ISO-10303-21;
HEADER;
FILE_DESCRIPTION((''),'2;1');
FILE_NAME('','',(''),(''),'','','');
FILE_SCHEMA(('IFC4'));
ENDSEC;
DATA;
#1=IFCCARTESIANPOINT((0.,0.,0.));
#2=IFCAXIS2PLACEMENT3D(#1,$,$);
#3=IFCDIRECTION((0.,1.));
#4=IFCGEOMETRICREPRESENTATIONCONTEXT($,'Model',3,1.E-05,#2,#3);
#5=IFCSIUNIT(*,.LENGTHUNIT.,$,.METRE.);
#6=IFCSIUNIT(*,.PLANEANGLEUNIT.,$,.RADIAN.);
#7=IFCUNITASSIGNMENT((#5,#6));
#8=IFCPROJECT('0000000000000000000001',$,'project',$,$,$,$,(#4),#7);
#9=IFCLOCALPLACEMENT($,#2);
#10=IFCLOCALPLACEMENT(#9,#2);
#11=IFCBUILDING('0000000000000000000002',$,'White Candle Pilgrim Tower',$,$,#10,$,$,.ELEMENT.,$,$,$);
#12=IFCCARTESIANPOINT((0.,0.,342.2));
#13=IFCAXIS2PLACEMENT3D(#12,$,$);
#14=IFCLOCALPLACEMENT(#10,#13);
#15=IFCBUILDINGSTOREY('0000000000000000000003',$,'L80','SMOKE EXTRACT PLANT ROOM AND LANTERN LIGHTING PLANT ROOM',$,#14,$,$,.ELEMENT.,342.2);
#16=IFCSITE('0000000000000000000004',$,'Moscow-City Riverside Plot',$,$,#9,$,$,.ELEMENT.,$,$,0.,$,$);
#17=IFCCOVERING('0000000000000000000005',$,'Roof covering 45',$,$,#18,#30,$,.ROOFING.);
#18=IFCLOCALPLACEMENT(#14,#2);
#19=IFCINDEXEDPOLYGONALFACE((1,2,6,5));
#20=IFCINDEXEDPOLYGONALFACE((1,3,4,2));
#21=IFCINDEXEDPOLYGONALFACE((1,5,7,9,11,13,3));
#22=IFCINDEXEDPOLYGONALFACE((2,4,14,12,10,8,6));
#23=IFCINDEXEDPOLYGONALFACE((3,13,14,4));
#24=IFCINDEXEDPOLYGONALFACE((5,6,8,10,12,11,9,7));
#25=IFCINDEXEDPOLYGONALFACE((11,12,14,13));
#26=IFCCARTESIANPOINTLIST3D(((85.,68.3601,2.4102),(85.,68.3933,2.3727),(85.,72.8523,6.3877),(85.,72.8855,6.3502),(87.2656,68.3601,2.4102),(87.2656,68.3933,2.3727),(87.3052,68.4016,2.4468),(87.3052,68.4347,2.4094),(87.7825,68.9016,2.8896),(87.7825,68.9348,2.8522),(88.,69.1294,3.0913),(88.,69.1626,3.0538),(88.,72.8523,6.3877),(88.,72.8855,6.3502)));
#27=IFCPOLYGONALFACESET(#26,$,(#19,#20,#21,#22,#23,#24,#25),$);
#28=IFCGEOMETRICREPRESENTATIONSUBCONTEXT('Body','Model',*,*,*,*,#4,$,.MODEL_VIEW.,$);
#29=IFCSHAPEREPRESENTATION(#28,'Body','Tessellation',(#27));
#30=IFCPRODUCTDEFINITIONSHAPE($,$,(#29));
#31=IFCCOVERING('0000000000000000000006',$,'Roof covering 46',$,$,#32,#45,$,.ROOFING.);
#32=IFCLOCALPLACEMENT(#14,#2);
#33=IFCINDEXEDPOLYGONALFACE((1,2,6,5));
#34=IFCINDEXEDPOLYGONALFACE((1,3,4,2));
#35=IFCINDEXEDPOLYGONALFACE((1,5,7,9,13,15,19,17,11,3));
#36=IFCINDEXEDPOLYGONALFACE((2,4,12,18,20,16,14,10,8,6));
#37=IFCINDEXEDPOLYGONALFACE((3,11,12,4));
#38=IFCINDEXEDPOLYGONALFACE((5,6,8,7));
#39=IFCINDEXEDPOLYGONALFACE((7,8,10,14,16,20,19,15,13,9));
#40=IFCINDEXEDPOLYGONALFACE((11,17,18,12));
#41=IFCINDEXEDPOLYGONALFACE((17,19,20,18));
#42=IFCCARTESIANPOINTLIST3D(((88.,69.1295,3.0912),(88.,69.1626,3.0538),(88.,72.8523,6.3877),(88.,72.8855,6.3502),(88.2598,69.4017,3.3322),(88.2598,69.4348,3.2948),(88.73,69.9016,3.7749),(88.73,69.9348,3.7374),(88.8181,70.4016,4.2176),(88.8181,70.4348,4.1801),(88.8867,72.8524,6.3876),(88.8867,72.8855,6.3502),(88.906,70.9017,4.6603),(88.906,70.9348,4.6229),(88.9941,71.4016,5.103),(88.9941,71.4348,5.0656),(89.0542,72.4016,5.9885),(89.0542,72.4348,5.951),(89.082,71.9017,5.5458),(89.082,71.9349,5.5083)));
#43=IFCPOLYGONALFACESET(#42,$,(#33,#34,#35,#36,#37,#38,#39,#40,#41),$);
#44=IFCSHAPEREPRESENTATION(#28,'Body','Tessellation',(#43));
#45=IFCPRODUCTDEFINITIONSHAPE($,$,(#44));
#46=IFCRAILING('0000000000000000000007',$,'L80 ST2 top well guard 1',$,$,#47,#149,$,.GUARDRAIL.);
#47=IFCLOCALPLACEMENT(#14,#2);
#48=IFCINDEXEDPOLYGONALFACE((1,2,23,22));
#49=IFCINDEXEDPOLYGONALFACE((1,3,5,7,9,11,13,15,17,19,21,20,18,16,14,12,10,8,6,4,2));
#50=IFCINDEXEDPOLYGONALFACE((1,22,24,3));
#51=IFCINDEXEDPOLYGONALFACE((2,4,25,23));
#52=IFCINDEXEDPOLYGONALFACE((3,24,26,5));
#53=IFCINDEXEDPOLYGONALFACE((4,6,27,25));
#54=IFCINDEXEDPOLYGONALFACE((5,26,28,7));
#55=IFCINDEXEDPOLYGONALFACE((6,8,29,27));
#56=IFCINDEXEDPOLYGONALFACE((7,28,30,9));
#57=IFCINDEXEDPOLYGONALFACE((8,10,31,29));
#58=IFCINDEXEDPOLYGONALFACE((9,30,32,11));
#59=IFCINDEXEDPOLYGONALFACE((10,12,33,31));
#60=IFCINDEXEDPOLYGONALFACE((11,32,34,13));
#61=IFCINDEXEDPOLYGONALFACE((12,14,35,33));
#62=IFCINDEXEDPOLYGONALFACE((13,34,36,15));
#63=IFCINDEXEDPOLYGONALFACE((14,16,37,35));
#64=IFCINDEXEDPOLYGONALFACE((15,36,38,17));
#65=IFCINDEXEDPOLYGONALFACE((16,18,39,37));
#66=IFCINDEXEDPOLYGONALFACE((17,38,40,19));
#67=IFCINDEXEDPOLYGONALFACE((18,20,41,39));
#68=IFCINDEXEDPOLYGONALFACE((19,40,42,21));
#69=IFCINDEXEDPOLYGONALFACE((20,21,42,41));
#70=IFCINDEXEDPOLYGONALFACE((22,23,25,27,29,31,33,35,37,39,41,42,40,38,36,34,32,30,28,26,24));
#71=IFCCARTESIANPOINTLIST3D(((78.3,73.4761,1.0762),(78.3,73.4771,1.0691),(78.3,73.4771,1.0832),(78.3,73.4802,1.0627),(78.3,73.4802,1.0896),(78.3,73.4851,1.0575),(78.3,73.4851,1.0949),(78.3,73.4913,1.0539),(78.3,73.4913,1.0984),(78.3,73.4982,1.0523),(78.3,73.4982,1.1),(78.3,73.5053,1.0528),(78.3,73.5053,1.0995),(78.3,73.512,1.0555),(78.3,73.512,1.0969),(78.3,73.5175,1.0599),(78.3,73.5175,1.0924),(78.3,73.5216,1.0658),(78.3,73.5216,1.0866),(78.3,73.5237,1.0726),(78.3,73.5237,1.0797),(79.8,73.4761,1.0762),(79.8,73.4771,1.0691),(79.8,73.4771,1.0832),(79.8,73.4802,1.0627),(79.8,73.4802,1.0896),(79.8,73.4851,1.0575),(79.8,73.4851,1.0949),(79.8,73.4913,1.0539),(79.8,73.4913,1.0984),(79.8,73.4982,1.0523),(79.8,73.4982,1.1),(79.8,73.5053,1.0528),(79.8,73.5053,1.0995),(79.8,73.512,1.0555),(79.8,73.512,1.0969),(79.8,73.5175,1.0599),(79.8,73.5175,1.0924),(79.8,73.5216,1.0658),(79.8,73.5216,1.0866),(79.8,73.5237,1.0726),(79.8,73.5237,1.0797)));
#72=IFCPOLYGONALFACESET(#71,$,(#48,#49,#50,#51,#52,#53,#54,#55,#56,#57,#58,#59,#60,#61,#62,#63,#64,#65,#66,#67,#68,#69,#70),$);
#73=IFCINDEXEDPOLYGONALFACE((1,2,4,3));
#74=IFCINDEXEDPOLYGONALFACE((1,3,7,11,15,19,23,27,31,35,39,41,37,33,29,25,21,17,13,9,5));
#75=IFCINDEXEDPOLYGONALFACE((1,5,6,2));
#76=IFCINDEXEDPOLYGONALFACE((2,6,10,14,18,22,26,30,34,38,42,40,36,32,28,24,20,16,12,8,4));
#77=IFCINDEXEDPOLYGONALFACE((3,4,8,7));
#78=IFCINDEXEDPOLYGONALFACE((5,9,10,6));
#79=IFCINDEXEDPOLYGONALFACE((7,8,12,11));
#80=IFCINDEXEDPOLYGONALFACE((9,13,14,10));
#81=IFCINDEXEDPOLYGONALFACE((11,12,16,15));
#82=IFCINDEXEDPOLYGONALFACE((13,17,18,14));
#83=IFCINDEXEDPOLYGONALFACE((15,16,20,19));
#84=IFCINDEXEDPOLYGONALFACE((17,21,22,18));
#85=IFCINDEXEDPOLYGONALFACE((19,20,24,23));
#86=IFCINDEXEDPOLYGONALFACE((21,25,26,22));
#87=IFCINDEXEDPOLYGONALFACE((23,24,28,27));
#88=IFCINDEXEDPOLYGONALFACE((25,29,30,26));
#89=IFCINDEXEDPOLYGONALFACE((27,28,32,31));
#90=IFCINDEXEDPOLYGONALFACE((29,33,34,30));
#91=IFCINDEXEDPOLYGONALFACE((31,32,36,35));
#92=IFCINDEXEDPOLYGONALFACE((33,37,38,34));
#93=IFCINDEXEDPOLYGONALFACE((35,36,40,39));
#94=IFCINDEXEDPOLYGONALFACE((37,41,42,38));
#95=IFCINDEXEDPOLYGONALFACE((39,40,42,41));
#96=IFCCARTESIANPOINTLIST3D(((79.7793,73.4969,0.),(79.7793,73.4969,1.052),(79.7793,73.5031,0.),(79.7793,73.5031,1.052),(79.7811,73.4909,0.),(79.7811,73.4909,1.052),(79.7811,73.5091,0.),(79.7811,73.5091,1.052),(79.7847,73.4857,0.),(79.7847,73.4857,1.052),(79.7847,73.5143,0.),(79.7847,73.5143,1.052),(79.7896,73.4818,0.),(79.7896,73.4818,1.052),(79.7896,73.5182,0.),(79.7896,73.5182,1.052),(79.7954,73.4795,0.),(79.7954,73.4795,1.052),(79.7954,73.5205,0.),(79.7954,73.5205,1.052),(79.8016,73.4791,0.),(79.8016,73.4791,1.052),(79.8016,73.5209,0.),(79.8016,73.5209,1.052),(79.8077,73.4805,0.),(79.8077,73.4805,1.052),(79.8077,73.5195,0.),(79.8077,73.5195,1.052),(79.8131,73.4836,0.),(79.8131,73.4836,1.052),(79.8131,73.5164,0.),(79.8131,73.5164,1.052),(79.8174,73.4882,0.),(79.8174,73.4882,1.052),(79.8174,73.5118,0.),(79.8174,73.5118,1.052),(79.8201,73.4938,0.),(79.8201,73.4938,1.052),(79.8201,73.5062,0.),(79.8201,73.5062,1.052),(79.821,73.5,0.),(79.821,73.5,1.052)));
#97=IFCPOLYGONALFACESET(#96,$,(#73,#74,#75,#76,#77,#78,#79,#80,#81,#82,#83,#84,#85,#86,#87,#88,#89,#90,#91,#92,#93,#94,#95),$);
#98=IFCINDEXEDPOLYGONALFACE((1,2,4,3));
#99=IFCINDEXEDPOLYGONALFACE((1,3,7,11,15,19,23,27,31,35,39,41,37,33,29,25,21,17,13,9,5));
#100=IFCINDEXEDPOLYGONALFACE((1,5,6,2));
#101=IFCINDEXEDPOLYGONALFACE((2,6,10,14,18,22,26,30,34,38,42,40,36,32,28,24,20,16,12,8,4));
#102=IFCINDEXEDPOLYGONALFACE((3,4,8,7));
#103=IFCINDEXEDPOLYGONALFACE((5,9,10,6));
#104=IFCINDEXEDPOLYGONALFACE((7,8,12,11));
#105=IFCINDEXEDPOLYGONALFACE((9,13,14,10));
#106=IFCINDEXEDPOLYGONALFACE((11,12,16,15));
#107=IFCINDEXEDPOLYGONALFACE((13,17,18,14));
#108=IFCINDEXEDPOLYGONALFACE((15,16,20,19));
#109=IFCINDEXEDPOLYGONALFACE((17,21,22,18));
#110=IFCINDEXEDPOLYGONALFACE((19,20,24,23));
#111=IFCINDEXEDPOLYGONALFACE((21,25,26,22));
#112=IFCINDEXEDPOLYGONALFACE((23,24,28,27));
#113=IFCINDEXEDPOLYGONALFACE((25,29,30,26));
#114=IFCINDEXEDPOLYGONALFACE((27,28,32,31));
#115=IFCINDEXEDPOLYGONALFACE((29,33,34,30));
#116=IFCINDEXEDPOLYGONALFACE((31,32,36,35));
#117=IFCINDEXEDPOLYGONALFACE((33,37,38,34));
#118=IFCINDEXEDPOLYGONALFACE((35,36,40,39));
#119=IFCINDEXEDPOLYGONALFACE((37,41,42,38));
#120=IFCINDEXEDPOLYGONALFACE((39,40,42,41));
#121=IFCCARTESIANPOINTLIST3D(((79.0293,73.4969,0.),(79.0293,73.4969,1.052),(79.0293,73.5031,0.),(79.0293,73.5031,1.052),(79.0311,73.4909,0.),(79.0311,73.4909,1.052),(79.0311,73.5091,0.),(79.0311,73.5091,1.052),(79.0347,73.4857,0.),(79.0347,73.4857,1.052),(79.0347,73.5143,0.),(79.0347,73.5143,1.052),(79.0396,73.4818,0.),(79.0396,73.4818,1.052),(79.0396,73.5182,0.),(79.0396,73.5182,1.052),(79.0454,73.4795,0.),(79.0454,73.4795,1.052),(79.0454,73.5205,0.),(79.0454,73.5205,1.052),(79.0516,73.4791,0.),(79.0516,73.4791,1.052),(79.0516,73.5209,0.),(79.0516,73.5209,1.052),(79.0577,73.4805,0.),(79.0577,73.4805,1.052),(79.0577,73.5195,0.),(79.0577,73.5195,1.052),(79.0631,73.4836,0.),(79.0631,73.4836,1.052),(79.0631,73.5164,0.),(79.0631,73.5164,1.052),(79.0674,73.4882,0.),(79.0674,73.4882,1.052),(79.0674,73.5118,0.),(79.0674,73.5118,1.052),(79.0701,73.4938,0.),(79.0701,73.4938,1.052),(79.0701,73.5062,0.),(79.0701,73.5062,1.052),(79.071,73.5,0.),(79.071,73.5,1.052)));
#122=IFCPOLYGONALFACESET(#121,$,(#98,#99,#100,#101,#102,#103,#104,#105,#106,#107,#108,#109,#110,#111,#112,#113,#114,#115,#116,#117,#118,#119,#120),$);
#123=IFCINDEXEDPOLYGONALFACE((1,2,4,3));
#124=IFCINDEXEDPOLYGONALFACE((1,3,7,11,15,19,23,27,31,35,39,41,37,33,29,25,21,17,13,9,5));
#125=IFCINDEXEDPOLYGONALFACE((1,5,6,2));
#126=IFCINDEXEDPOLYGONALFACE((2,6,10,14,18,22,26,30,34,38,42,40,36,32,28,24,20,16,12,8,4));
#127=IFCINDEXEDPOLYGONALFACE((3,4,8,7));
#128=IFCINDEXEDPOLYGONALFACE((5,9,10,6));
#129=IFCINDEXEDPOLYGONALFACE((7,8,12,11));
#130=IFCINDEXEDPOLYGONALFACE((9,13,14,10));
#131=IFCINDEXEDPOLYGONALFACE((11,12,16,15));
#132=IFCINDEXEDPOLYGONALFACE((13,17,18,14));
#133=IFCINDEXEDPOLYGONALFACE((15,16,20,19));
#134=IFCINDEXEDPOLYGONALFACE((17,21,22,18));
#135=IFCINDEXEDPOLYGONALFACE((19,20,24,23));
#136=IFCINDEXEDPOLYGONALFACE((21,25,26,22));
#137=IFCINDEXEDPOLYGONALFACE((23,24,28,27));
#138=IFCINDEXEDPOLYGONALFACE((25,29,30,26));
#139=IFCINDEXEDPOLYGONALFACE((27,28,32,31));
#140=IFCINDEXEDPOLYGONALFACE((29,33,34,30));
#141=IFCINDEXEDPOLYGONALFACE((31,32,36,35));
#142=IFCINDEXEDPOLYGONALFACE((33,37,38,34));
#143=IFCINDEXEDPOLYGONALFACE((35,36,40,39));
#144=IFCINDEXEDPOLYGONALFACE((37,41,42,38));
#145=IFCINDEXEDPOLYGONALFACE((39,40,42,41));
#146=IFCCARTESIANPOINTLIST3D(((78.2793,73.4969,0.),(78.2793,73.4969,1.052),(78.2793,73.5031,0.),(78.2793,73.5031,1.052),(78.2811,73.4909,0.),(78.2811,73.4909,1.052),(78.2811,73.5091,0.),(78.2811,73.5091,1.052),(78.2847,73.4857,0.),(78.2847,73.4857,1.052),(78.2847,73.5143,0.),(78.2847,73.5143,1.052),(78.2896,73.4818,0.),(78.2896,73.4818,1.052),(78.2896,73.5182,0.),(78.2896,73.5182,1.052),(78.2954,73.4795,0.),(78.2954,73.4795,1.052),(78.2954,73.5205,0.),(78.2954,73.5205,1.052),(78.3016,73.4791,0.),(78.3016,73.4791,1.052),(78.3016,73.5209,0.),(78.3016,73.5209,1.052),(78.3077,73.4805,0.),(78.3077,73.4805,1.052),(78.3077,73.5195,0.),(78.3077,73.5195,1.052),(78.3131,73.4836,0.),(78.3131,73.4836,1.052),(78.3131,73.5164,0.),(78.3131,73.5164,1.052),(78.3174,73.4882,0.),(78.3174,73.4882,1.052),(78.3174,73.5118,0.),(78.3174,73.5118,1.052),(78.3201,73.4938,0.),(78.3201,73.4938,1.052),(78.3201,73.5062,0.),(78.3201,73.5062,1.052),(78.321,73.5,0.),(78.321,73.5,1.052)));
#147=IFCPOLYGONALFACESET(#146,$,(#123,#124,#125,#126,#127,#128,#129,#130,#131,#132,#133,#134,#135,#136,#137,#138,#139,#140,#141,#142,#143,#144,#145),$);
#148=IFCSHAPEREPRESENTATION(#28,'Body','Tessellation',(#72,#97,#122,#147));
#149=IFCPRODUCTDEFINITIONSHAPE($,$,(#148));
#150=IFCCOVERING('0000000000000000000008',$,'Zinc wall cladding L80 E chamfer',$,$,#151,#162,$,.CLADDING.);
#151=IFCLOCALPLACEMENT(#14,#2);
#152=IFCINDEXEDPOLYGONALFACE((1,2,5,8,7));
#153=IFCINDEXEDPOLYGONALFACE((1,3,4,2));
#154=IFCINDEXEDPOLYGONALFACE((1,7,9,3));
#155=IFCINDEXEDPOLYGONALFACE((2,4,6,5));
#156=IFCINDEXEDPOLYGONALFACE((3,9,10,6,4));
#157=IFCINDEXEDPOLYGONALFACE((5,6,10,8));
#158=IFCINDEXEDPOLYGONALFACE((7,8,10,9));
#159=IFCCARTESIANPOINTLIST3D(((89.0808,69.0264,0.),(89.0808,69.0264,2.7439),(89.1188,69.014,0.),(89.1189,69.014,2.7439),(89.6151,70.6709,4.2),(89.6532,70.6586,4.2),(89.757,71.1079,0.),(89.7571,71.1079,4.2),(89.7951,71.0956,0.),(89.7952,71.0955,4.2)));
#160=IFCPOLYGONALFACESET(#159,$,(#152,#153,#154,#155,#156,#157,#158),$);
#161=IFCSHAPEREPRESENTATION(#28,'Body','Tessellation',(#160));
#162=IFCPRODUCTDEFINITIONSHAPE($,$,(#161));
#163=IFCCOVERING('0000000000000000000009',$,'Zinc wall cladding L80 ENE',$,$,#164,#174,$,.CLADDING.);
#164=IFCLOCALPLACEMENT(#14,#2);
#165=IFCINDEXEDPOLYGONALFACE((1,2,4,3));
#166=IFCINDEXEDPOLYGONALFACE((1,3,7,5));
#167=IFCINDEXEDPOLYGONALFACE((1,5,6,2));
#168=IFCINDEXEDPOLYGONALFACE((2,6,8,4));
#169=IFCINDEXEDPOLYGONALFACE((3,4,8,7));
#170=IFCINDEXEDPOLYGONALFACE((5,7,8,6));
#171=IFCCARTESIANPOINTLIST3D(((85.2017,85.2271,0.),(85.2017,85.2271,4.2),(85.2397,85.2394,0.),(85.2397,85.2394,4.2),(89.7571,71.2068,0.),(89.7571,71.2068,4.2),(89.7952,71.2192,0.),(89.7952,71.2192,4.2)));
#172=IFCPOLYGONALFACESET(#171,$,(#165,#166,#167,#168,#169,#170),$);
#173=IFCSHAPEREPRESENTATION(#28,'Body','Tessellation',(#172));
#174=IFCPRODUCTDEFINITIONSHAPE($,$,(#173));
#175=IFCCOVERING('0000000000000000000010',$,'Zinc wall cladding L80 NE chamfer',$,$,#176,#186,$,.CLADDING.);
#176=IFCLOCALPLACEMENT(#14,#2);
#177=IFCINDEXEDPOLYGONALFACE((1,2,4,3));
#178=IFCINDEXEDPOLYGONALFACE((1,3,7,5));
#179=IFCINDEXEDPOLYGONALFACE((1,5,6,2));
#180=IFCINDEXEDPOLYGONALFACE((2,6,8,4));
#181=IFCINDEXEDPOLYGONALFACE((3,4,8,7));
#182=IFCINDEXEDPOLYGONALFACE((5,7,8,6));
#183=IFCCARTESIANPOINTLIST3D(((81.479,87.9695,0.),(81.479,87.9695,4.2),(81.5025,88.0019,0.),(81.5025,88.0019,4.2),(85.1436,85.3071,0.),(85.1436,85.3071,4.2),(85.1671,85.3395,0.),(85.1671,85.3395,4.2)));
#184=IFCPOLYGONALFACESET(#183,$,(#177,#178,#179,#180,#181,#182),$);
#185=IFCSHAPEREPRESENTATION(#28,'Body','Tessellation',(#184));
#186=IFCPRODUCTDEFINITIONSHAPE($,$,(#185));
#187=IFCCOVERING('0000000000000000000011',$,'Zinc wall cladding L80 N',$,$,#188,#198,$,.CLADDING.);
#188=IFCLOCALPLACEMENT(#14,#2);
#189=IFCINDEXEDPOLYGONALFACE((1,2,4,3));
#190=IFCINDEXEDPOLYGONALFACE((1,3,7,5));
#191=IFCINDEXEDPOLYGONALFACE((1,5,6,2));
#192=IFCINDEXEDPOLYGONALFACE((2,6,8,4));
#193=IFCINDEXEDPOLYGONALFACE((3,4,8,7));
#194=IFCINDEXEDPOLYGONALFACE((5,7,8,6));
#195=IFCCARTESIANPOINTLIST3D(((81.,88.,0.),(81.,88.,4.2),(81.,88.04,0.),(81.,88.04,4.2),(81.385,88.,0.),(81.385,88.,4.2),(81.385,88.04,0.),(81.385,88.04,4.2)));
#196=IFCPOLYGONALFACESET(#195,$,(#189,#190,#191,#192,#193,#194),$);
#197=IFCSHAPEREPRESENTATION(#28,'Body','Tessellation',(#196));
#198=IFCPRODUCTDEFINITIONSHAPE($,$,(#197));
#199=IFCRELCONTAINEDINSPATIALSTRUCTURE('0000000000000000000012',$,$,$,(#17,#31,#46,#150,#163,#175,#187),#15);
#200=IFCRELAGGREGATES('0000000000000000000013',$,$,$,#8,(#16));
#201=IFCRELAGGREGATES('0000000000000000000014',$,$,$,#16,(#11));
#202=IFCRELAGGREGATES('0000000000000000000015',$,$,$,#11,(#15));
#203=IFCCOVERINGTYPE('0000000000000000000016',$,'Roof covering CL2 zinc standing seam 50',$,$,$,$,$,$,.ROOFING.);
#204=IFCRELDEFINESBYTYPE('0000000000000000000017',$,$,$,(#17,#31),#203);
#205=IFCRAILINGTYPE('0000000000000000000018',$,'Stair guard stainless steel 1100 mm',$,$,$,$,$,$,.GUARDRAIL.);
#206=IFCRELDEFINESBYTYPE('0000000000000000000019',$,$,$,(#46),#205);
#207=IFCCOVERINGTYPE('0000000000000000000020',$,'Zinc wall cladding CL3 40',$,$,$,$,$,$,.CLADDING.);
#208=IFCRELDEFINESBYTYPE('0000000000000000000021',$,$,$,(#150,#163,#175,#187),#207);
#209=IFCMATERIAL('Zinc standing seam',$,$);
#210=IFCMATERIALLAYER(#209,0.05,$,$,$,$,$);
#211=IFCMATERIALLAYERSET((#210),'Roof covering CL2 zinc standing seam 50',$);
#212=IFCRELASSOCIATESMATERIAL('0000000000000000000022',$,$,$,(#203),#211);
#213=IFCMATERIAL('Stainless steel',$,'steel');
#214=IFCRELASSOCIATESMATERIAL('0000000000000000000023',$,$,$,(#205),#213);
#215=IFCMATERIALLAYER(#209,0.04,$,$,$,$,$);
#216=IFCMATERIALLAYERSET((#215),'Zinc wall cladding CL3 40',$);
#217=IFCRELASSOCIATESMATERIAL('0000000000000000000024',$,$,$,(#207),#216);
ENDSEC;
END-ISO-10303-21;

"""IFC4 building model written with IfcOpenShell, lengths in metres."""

from ifc_helpers import new_model, si_unit, direction, frame, origin, origin_2d, place, context, subcontext, project, spatial, polyline, circle, outline, extrude, material, layer, layer_set, type_object, element, save


model = new_model("IFC4")

# Units and contexts
model_context = context("Model", 3, precision=1e-05, world=origin(), true_north=direction((0.0, 1.0)))
body_context = subcontext(model_context, "Body", "Model", "MODEL_VIEW")
ifc_project = project(units=[si_unit("LENGTHUNIT", "METRE"), si_unit("PLANEANGLEUNIT", "RADIAN")], contexts=[model_context])

# Site, building, storey
site_placement = place(None, origin())
site = spatial("IfcSite", under=ifc_project, at=site_placement, Name="Moscow-City Riverside Plot", CompositionType="ELEMENT", RefElevation=0.0)
building_placement = place(site_placement, origin())
building = spatial("IfcBuilding", under=site, at=building_placement, Name="White Candle Pilgrim Tower", CompositionType="ELEMENT")
storey_placement = place(building_placement, frame((0.0, 0.0, 342.2)))
storey = spatial("IfcBuildingStorey", under=building, at=storey_placement, Name="L80", Description="SMOKE EXTRACT PLANT ROOM AND LANTERN LIGHTING PLANT ROOM", CompositionType="ELEMENT", Elevation=342.2)

# Coverings
ifc_material_1 = material(Name="Zinc standing seam")
ifc_layer_1 = layer(ifc_material_1, 0.05)
ifc_layer_set_1 = layer_set([ifc_layer_1], Name="Roof covering CL2 zinc standing seam 50")
covering_type_1 = type_object("IfcCoveringType", Name="Roof covering CL2 zinc standing seam 50", PredefinedType="ROOFING", material=ifc_layer_set_1)
covering_1_placement = place(storey_placement, frame((85.0, 68.3601, 2.4102), z_axis=(0.000002, -0.662919, 0.748691), x_axis=(0.0, 0.748691, 0.662919)))
element("IfcCovering", 1, at=covering_1_placement, inside=storey, type_object=covering_type_1, Name="Roof covering 45", PredefinedType="ROOFING", context=body_context, shape_type="SweptSolid", body=[
    extrude(outline(polyline([(0.0, 0.0), (6.0, 0.0), (6.0, -3.0), (1.0275, -3.0), (0.7233, -2.7825), (0.0554, -2.3052), (0.0, -2.2656), (0.0, 0.0)])), origin(), (0.0, 0.0, -1.0), 0.05),
])
covering_2_placement = place(storey_placement, frame((88.0, 72.8523, 6.3877), z_axis=(0.000105, -0.662932, 0.74868), x_axis=(1.0, 0.00007, -0.000079)))
element("IfcCovering", 2, at=covering_2_placement, inside=storey, type_object=covering_type_1, Name="Roof covering 46", PredefinedType="ROOFING", context=body_context, shape_type="SweptSolid", body=[
    extrude(outline(polyline([(0.0, 0.0), (0.8867, 0.0), (1.0542, -0.602), (1.082, -1.2698), (0.9941, -1.9377), (0.906, -2.6055), (0.8181, -3.2734), (0.73, -3.9412), (0.2598, -4.609), (0.0, -4.9725), (0.0, 0.0)])), origin(), (0.0, 0.0, -1.0), 0.05),
])

# Railing
ifc_material_2 = material(Name="Stainless steel", Category="steel")
railing_type = type_object("IfcRailingType", Name="Stair guard stainless steel 1100 mm", PredefinedType="GUARDRAIL", material=ifc_material_2)
railing_placement = place(storey_placement, frame((79.8, 73.5, 0.0)))
element("IfcRailing", 3, at=railing_placement, inside=storey, type_object=railing_type, Name="L80 ST2 top well guard 1", PredefinedType="GUARDRAIL", context=body_context, shape_type="SweptSolid", body=[
    extrude(circle(Radius=0.0239, at=origin_2d()), frame((0.0, 0.0, 1.0762), z_axis=(-1.0, 0.0, 0.0), x_axis=(0.0, -1.0, 0.0)), (0.0, 0.0, 1.0), 1.5),
    extrude(circle(Radius=0.021, at=origin_2d()), origin(), (0.0, 0.0, 1.0), 1.052),
    extrude(circle(Radius=0.021, at=origin_2d()), frame((-0.75, 0.0, 0.0)), (0.0, 0.0, 1.0), 1.052),
    extrude(circle(Radius=0.021, at=origin_2d()), frame((-1.5, 0.0, 0.0)), (0.0, 0.0, 1.0), 1.052),
])

# Coverings
ifc_layer_2 = layer(ifc_material_1, 0.04)
ifc_layer_set_2 = layer_set([ifc_layer_2], Name="Zinc wall cladding CL3 40")
covering_type_2 = type_object("IfcCoveringType", Name="Zinc wall cladding CL3 40", PredefinedType="CLADDING", material=ifc_layer_set_2)
covering_3_placement = place(storey_placement, frame((89.0808, 69.0264, 2.7439), z_axis=(-0.951069, 0.308979, 0.000018), x_axis=(0.236359, 0.727501, 0.644109)))
element("IfcCovering", 4, at=covering_3_placement, inside=storey, type_object=covering_type_2, Name="Zinc wall cladding L80 E chamfer", PredefinedType="CLADDING", context=body_context, shape_type="SweptSolid", body=[
    extrude(outline(polyline([(0.0, 0.0), (2.2606, 0.0), (2.612, 0.2959), (-0.0932, 3.5086), (-1.7674, 2.0989), (0.0, 0.0)])), origin(), (0.0, 0.0, -1.0), 0.04),
])
covering_4_placement = place(storey_placement, frame((89.7571, 71.2068, 4.2), z_axis=(-0.951057, -0.309015, 0.0), x_axis=(-0.309015, 0.951057, 0.0)))
element("IfcCovering", 5, at=covering_4_placement, inside=storey, type_object=covering_type_2, Name="Zinc wall cladding L80 ENE", PredefinedType="CLADDING", context=body_context, shape_type="SweptSolid", body=[
    extrude(outline(polyline([(0.0, 0.0), (14.7418, 0.0), (14.7418, 4.2), (0.0, 4.2), (0.0, 0.0)])), origin(), (0.0, 0.0, -1.0), 0.04),
])
covering_5_placement = place(storey_placement, frame((85.1436, 85.3071, 4.2), z_axis=(-0.587771, -0.809027, 0.0), x_axis=(-0.809027, 0.587771, 0.0)))
element("IfcCovering", 6, at=covering_5_placement, inside=storey, type_object=covering_type_2, Name="Zinc wall cladding L80 NE chamfer", PredefinedType="CLADDING", context=body_context, shape_type="SweptSolid", body=[
    extrude(outline(polyline([(0.0, 0.0), (4.5296, 0.0), (4.5296, 4.2), (0.0, 4.2), (0.0, 0.0)])), origin(), (0.0, 0.0, -1.0), 0.04),
])
covering_6_placement = place(storey_placement, frame((81.385, 88.0, 4.2), z_axis=(0.0, -1.0, 0.0), x_axis=(-1.0, 0.0, 0.0)))
element("IfcCovering", 7, at=covering_6_placement, inside=storey, type_object=covering_type_2, Name="Zinc wall cladding L80 N", PredefinedType="CLADDING", context=body_context, shape_type="SweptSolid", body=[
    extrude(outline(polyline([(0.0, 0.0), (0.385, 0.0), (0.385, 4.2), (0.0, 4.2), (0.0, 0.0)])), origin(), (0.0, 0.0, -1.0), 0.04),
])

save(model, "model.ifc")
